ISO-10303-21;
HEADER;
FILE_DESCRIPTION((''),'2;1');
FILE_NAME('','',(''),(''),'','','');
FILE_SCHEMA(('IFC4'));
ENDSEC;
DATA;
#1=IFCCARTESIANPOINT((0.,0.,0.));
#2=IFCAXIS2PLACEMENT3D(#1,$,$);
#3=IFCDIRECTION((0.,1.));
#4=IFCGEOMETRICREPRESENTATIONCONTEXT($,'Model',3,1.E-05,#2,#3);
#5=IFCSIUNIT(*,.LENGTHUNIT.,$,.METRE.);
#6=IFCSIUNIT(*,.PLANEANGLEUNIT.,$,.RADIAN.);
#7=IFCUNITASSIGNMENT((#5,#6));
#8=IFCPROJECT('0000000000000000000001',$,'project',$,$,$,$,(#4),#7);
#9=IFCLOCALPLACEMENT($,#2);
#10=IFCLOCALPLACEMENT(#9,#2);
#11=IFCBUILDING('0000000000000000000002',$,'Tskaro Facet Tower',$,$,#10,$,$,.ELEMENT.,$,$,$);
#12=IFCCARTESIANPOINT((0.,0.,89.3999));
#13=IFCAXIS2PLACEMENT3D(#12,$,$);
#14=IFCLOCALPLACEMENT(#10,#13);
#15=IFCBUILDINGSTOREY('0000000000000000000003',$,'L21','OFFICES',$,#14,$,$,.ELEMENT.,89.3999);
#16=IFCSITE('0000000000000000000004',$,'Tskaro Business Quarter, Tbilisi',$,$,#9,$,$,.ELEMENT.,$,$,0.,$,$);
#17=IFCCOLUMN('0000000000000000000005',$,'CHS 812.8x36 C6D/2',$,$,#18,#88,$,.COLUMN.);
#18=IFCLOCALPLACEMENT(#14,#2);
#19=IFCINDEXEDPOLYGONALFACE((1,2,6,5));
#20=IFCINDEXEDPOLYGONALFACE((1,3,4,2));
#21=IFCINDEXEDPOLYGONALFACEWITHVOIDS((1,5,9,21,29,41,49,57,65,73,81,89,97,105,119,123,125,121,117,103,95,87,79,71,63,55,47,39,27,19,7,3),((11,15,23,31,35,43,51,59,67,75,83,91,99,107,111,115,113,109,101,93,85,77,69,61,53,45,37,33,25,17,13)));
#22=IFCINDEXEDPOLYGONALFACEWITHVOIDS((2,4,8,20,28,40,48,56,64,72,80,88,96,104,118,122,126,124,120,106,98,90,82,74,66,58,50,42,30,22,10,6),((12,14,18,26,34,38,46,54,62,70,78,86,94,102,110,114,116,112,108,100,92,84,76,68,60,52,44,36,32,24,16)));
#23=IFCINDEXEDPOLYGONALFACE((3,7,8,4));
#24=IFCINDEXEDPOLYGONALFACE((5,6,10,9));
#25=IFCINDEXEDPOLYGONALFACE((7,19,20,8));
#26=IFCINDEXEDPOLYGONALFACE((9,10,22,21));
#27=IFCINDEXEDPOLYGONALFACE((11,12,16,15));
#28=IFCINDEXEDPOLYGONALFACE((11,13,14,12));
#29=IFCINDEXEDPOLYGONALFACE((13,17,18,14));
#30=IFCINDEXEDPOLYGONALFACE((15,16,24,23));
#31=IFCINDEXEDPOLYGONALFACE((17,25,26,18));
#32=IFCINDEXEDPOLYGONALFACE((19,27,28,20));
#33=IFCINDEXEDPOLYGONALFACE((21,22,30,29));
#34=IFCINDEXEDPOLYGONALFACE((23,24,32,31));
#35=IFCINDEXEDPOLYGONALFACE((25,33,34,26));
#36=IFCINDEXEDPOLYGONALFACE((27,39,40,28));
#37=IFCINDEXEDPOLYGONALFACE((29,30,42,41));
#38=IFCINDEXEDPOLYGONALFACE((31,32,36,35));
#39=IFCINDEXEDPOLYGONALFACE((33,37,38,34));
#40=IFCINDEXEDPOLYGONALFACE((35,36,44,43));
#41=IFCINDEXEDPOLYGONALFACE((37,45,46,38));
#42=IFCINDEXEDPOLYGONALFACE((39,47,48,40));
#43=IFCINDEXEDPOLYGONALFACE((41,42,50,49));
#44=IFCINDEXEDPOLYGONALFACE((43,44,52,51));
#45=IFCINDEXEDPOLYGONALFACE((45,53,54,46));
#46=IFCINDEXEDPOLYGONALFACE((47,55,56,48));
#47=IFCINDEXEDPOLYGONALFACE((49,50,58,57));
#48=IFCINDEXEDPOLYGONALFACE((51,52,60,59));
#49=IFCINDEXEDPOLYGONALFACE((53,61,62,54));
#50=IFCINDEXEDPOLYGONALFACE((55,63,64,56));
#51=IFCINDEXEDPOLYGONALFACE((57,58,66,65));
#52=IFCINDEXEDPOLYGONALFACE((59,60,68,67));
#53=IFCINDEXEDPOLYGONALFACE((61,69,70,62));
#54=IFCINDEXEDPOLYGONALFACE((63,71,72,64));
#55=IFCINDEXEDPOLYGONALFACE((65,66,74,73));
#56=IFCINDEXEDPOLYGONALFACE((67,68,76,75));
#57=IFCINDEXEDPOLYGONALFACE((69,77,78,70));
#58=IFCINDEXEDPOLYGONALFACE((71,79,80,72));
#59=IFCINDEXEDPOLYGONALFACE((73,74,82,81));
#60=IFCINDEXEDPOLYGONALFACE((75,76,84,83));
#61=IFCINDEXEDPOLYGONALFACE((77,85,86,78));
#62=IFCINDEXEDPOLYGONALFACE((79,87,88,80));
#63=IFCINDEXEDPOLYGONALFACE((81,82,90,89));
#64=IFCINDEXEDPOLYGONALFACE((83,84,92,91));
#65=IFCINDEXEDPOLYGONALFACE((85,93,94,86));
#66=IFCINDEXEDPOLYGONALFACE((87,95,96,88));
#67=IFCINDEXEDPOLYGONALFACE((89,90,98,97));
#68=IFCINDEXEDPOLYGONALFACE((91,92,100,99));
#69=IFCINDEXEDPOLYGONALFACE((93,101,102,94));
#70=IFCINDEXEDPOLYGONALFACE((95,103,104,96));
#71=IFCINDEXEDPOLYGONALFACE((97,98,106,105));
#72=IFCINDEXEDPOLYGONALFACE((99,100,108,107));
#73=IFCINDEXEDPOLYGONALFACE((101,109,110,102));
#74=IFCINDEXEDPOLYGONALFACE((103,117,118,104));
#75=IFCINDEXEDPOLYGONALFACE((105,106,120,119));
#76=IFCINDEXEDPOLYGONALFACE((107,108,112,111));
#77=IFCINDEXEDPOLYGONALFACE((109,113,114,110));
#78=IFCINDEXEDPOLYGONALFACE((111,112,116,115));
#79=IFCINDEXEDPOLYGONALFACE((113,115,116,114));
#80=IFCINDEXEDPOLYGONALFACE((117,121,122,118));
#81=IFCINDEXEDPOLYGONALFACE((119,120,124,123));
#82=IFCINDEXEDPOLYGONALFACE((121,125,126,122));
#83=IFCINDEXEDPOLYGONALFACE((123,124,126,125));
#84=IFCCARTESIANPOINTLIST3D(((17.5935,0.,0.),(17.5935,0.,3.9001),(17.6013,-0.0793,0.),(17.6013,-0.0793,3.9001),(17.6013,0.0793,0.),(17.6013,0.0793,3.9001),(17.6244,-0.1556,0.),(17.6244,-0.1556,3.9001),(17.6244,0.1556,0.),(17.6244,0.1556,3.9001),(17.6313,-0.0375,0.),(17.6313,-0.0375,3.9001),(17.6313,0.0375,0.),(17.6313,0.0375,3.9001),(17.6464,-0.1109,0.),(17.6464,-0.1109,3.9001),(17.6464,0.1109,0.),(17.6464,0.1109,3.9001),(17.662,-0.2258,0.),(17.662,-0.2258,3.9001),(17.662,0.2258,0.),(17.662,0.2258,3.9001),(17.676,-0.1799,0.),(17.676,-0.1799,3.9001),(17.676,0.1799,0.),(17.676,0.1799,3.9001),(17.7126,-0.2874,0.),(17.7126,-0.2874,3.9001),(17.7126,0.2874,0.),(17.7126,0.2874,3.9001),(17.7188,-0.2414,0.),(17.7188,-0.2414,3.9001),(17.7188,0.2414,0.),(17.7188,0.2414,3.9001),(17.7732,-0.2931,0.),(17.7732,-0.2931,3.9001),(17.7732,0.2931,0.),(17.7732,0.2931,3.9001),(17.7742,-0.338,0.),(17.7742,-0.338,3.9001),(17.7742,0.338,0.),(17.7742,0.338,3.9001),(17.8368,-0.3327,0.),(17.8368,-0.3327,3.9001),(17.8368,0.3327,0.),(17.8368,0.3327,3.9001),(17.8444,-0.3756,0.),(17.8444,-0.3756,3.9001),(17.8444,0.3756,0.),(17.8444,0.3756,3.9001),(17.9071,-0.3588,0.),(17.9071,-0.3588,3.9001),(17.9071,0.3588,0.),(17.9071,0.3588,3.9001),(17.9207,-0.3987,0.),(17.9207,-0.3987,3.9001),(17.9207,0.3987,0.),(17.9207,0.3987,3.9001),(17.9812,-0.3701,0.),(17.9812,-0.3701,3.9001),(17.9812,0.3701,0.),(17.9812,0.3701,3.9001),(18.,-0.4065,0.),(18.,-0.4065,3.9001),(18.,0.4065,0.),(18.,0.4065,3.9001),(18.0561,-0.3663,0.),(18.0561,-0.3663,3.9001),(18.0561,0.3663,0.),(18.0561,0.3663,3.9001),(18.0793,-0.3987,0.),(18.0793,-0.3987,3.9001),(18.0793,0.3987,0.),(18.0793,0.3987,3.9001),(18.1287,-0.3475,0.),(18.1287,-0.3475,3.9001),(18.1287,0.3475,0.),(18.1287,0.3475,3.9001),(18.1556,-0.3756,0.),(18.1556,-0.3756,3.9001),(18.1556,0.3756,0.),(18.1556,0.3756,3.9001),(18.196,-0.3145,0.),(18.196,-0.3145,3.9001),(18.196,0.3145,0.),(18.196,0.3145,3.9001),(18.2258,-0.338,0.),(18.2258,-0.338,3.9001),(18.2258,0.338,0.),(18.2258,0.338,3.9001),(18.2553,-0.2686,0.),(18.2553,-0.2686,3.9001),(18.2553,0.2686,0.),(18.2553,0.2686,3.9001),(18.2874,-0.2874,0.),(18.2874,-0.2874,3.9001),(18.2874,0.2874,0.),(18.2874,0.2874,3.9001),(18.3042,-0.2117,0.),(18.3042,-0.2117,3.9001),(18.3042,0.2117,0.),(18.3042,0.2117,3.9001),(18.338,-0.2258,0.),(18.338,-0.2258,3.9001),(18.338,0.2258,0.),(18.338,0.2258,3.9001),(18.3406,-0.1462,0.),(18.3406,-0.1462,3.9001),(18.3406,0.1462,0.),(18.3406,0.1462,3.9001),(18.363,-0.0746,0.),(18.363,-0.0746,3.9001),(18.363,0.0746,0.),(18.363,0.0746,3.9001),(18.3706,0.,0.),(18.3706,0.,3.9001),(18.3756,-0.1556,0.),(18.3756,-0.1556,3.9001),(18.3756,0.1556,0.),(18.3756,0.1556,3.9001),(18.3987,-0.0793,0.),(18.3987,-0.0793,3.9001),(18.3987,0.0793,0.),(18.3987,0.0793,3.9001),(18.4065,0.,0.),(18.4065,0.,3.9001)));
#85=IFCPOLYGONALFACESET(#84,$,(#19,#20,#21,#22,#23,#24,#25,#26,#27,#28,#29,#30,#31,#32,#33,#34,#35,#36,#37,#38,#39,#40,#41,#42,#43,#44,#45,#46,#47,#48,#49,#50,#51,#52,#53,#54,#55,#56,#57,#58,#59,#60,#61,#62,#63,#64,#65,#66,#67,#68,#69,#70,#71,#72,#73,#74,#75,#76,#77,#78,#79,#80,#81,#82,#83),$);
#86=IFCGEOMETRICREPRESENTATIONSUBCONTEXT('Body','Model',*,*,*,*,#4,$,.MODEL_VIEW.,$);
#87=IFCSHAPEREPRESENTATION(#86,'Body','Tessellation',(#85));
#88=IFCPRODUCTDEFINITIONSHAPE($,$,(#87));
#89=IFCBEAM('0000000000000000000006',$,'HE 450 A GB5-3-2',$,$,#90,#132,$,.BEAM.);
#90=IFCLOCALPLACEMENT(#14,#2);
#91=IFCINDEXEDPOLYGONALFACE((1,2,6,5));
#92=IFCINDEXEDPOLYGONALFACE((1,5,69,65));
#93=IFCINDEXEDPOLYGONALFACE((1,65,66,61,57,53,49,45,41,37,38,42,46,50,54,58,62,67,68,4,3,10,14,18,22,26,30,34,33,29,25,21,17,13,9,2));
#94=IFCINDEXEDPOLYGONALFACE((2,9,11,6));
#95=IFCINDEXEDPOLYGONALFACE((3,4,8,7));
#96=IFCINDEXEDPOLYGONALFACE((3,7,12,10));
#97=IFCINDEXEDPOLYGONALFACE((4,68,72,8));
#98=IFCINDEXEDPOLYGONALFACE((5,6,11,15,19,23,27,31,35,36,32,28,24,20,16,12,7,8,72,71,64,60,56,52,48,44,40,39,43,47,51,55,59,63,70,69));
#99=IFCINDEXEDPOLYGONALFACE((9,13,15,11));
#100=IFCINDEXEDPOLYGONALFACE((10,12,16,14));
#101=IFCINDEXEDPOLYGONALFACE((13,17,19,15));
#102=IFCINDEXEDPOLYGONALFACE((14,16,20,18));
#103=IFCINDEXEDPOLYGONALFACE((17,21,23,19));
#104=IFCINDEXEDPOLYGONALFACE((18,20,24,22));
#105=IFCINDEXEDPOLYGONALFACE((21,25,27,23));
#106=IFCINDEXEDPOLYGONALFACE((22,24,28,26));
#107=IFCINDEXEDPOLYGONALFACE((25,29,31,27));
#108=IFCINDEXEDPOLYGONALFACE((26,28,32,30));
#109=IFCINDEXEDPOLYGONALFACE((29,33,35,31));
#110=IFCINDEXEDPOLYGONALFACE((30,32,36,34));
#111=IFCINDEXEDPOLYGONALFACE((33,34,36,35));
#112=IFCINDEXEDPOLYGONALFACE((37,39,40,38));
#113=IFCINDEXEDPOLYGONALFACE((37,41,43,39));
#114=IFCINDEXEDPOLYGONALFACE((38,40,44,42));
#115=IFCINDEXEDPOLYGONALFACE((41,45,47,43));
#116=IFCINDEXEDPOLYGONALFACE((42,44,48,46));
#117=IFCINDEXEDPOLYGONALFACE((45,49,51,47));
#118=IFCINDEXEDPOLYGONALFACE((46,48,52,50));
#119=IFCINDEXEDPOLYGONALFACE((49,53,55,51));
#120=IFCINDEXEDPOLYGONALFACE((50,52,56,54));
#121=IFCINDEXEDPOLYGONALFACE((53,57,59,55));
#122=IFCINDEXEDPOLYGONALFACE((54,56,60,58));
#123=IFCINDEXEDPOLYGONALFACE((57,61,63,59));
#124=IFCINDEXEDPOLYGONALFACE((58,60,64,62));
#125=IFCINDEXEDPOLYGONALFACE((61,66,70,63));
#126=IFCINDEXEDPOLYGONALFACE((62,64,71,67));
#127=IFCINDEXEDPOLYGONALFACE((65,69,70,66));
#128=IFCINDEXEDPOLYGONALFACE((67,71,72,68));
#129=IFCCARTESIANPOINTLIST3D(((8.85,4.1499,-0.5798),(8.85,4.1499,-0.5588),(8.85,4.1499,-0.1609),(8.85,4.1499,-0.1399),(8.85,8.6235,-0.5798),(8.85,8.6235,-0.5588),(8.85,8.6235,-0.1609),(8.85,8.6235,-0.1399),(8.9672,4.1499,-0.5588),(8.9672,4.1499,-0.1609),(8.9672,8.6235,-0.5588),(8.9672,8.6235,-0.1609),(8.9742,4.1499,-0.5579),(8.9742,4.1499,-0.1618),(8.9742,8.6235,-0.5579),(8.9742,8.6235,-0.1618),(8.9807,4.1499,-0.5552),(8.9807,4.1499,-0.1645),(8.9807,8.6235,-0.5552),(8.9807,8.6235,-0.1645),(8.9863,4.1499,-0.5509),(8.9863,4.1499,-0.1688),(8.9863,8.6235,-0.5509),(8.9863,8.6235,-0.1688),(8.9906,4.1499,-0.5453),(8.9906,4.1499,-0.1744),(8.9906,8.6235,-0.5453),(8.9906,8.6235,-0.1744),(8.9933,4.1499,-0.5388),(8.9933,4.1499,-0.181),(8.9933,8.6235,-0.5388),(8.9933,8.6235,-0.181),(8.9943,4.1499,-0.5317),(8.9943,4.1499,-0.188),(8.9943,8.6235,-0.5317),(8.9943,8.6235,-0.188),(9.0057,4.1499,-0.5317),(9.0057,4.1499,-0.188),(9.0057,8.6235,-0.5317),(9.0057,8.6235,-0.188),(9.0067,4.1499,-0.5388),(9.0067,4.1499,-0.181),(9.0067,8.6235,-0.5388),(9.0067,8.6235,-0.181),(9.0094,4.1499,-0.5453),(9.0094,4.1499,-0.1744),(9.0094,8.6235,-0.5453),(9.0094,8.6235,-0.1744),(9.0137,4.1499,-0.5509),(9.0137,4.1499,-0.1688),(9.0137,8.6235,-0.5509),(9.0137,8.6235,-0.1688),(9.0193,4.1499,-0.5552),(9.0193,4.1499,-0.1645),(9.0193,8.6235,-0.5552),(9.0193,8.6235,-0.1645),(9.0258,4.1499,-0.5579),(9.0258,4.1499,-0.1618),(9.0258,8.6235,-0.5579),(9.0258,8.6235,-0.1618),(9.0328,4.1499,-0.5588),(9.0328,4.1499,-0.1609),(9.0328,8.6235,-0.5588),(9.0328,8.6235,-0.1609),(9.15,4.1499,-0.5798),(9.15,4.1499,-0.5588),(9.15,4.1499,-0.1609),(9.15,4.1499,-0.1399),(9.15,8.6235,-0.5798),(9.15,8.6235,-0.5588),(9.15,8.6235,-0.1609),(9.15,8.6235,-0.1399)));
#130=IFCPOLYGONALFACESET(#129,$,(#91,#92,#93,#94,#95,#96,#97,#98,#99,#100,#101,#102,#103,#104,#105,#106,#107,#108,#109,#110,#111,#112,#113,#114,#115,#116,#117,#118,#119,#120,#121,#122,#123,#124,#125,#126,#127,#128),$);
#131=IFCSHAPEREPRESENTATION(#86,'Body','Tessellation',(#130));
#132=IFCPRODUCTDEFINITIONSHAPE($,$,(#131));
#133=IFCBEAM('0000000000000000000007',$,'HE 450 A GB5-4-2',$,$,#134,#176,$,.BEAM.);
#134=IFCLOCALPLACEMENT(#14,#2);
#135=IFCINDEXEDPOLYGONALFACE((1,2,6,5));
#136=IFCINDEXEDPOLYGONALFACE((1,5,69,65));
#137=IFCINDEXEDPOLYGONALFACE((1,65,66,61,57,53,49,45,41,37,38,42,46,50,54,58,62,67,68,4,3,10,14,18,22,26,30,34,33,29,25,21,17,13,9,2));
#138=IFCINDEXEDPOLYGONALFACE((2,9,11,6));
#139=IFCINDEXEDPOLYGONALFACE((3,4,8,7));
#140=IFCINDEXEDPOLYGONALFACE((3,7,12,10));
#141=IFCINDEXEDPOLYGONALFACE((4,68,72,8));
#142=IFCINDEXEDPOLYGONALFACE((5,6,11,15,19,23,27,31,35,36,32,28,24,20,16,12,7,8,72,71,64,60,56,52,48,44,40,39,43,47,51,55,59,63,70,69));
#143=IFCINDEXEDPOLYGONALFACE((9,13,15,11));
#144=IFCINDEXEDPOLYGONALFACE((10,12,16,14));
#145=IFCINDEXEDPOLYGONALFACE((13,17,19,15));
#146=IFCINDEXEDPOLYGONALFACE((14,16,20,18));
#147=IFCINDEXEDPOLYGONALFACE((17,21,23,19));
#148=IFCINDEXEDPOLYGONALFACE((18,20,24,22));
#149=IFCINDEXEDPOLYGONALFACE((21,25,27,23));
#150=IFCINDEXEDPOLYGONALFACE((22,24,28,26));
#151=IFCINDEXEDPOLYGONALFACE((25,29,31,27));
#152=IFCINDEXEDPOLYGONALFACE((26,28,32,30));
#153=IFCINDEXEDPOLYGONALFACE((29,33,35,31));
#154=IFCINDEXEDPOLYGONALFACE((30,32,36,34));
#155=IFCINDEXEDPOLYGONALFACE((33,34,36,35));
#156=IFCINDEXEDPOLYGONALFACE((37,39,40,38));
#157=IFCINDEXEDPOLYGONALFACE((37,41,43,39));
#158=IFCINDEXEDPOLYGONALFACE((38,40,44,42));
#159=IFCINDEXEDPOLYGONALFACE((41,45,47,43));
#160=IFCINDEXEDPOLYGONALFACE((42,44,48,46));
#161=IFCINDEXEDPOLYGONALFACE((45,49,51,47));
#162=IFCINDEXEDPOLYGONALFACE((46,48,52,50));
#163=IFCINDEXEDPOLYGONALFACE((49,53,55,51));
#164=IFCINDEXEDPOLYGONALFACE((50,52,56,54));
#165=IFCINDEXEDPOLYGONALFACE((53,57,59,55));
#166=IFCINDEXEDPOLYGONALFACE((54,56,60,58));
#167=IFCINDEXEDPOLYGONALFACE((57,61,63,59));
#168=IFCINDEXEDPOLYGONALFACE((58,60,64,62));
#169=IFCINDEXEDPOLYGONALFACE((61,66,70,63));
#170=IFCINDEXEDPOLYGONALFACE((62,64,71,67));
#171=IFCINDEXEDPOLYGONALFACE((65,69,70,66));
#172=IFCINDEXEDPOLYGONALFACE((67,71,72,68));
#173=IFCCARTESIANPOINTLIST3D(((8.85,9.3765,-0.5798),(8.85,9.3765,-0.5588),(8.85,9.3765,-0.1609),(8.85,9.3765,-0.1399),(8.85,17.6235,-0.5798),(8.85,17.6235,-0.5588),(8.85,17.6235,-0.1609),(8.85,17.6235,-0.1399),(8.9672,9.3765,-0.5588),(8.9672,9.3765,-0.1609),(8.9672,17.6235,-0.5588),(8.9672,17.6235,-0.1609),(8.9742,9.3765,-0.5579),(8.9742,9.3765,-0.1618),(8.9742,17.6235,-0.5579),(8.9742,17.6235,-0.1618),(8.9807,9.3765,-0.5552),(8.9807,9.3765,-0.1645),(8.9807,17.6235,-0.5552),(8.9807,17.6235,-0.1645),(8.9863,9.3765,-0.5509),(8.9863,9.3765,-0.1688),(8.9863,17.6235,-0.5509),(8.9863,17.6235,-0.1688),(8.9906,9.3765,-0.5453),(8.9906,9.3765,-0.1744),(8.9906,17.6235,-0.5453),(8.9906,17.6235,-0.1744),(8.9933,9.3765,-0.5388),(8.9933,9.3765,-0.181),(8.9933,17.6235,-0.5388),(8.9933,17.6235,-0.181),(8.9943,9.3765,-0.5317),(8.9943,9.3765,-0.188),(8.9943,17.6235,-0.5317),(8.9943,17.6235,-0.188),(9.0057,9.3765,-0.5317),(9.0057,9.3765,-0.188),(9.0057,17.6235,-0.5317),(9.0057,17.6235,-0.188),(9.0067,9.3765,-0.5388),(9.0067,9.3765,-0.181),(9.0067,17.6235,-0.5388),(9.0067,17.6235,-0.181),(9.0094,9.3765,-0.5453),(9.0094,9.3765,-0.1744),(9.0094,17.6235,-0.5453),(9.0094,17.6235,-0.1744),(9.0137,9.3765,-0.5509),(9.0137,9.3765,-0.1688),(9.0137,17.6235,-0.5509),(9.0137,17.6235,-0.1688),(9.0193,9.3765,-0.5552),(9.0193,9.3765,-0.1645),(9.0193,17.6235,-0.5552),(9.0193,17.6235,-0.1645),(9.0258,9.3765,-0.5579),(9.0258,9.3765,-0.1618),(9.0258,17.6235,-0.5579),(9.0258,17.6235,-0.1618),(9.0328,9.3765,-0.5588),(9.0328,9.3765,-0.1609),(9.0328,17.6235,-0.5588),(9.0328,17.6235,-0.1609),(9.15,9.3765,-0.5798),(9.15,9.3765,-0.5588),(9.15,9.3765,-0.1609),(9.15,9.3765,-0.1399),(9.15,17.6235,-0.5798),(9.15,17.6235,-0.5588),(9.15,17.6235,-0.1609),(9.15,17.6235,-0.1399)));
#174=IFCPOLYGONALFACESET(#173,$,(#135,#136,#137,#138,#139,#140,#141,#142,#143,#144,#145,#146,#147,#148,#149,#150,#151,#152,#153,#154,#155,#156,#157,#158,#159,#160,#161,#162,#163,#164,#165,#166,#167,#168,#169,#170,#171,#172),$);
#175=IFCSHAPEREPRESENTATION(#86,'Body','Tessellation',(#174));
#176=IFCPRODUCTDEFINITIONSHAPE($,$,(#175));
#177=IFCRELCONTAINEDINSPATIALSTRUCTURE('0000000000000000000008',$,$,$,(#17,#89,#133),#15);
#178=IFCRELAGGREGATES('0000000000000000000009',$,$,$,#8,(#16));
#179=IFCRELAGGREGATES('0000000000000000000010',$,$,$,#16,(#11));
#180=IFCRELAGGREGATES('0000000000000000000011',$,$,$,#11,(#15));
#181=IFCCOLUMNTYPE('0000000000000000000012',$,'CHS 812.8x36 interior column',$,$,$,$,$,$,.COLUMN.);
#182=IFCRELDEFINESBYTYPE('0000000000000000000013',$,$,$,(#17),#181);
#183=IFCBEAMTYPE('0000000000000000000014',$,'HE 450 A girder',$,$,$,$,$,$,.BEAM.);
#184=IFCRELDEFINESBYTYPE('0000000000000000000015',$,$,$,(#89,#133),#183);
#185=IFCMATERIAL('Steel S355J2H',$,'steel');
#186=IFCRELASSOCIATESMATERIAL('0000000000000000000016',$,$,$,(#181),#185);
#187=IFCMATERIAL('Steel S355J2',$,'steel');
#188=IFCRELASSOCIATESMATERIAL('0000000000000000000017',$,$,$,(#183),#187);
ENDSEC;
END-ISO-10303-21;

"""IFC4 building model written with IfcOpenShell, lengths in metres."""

from ifc_helpers import new_model, si_unit, direction, frame, origin, origin_2d, place, context, subcontext, project, spatial, hollow_circle, i_section, extrude, material, material_profile, profile_set, type_object, element, save


model = new_model("IFC4")

# Units and contexts
model_context = context("Model", 3, precision=1e-05, world=origin(), true_north=direction((0.0, 1.0)))
body_context = subcontext(model_context, "Body", "Model", "MODEL_VIEW")
ifc_project = project(units=[si_unit("LENGTHUNIT", "METRE"), si_unit("PLANEANGLEUNIT", "RADIAN")], contexts=[model_context])

# Site, building, storey
site_placement = place(None, origin())
site = spatial("IfcSite", under=ifc_project, at=site_placement, Name="Tskaro Business Quarter, Tbilisi", CompositionType="ELEMENT", RefElevation=0.0)
building_placement = place(site_placement, origin())
building = spatial("IfcBuilding", under=site, at=building_placement, Name="Tskaro Facet Tower", CompositionType="ELEMENT")
storey_placement = place(building_placement, frame((0.0, 0.0, 89.3999)))
storey = spatial("IfcBuildingStorey", under=building, at=storey_placement, Name="L21", Description="OFFICES", CompositionType="ELEMENT", Elevation=89.3999)

# Column
ifc_material_1 = material(Name="Steel S355J2H", Category="steel")
ifc_material_profile_1 = material_profile(ifc_material_1, hollow_circle(Radius=0.4065, WallThickness=0.0359, at=origin_2d()), Name="CHS 812.8x36")
ifc_profile_set_1 = profile_set([ifc_material_profile_1], Name="Steel S355J2H")
column_type = type_object("IfcColumnType", Name="CHS 812.8x36 interior column", PredefinedType="COLUMN", material=ifc_profile_set_1)
for number, where, z_axis, x_axis, name in (
    (1, (18.0, 0.0, 0.0), (0.0, 0.0, 1.0), (1.0, 0.0, 0.0), "CHS 812.8x36 C6D/2"),
):
    element("IfcColumn", number, at=place(storey_placement, frame(where, z_axis=z_axis, x_axis=x_axis)), inside=storey, type_object=column_type, Name=name, PredefinedType="COLUMN", context=body_context, shape_type="SweptSolid", body=[
        extrude(hollow_circle(Radius=0.4065, WallThickness=0.0359, at=origin_2d()), origin(), (0.0, 0.0, 1.0), 3.9001),
    ])

# Beams
ifc_material_2 = material(Name="Steel S355J2", Category="steel")
ifc_material_profile_2 = material_profile(ifc_material_2, i_section(OverallWidth=0.3, OverallDepth=0.4399, WebThickness=0.0115, FlangeThickness=0.021, FilletRadius=0.0271, at=origin_2d()), Name="HE 450 A")
ifc_profile_set_2 = profile_set([ifc_material_profile_2], Name="Steel S355J2")
beam_type_1 = type_object("IfcBeamType", Name="HE 450 A girder", PredefinedType="BEAM", material=ifc_profile_set_2)
beam_1_placement = place(storey_placement, frame((9.0, 4.1499, -0.3599), z_axis=(0.0, 1.0, 0.0), x_axis=(-1.0, 0.0, 0.0)))
element("IfcBeam", 2, at=beam_1_placement, inside=storey, type_object=beam_type_1, Name="HE 450 A GB5-3-2", PredefinedType="BEAM", context=body_context, shape_type="SweptSolid", body=[
    extrude(i_section(OverallWidth=0.3, OverallDepth=0.4399, WebThickness=0.0115, FlangeThickness=0.021, FilletRadius=0.0271, at=origin_2d()), origin(), (0.0, 0.0, 1.0), 4.4736),
])
beam_2_placement = place(storey_placement, frame((9.0, 9.3765, -0.3599), z_axis=(0.0, 1.0, 0.0), x_axis=(-1.0, 0.0, 0.0)))
element("IfcBeam", 3, at=beam_2_placement, inside=storey, type_object=beam_type_1, Name="HE 450 A GB5-4-2", PredefinedType="BEAM", context=body_context, shape_type="SweptSolid", body=[
    extrude(i_section(OverallWidth=0.3, OverallDepth=0.4399, WebThickness=0.0115, FlangeThickness=0.021, FilletRadius=0.0271, at=origin_2d()), origin(), (0.0, 0.0, 1.0), 8.2471),
])

save(model, "model.ifc")
